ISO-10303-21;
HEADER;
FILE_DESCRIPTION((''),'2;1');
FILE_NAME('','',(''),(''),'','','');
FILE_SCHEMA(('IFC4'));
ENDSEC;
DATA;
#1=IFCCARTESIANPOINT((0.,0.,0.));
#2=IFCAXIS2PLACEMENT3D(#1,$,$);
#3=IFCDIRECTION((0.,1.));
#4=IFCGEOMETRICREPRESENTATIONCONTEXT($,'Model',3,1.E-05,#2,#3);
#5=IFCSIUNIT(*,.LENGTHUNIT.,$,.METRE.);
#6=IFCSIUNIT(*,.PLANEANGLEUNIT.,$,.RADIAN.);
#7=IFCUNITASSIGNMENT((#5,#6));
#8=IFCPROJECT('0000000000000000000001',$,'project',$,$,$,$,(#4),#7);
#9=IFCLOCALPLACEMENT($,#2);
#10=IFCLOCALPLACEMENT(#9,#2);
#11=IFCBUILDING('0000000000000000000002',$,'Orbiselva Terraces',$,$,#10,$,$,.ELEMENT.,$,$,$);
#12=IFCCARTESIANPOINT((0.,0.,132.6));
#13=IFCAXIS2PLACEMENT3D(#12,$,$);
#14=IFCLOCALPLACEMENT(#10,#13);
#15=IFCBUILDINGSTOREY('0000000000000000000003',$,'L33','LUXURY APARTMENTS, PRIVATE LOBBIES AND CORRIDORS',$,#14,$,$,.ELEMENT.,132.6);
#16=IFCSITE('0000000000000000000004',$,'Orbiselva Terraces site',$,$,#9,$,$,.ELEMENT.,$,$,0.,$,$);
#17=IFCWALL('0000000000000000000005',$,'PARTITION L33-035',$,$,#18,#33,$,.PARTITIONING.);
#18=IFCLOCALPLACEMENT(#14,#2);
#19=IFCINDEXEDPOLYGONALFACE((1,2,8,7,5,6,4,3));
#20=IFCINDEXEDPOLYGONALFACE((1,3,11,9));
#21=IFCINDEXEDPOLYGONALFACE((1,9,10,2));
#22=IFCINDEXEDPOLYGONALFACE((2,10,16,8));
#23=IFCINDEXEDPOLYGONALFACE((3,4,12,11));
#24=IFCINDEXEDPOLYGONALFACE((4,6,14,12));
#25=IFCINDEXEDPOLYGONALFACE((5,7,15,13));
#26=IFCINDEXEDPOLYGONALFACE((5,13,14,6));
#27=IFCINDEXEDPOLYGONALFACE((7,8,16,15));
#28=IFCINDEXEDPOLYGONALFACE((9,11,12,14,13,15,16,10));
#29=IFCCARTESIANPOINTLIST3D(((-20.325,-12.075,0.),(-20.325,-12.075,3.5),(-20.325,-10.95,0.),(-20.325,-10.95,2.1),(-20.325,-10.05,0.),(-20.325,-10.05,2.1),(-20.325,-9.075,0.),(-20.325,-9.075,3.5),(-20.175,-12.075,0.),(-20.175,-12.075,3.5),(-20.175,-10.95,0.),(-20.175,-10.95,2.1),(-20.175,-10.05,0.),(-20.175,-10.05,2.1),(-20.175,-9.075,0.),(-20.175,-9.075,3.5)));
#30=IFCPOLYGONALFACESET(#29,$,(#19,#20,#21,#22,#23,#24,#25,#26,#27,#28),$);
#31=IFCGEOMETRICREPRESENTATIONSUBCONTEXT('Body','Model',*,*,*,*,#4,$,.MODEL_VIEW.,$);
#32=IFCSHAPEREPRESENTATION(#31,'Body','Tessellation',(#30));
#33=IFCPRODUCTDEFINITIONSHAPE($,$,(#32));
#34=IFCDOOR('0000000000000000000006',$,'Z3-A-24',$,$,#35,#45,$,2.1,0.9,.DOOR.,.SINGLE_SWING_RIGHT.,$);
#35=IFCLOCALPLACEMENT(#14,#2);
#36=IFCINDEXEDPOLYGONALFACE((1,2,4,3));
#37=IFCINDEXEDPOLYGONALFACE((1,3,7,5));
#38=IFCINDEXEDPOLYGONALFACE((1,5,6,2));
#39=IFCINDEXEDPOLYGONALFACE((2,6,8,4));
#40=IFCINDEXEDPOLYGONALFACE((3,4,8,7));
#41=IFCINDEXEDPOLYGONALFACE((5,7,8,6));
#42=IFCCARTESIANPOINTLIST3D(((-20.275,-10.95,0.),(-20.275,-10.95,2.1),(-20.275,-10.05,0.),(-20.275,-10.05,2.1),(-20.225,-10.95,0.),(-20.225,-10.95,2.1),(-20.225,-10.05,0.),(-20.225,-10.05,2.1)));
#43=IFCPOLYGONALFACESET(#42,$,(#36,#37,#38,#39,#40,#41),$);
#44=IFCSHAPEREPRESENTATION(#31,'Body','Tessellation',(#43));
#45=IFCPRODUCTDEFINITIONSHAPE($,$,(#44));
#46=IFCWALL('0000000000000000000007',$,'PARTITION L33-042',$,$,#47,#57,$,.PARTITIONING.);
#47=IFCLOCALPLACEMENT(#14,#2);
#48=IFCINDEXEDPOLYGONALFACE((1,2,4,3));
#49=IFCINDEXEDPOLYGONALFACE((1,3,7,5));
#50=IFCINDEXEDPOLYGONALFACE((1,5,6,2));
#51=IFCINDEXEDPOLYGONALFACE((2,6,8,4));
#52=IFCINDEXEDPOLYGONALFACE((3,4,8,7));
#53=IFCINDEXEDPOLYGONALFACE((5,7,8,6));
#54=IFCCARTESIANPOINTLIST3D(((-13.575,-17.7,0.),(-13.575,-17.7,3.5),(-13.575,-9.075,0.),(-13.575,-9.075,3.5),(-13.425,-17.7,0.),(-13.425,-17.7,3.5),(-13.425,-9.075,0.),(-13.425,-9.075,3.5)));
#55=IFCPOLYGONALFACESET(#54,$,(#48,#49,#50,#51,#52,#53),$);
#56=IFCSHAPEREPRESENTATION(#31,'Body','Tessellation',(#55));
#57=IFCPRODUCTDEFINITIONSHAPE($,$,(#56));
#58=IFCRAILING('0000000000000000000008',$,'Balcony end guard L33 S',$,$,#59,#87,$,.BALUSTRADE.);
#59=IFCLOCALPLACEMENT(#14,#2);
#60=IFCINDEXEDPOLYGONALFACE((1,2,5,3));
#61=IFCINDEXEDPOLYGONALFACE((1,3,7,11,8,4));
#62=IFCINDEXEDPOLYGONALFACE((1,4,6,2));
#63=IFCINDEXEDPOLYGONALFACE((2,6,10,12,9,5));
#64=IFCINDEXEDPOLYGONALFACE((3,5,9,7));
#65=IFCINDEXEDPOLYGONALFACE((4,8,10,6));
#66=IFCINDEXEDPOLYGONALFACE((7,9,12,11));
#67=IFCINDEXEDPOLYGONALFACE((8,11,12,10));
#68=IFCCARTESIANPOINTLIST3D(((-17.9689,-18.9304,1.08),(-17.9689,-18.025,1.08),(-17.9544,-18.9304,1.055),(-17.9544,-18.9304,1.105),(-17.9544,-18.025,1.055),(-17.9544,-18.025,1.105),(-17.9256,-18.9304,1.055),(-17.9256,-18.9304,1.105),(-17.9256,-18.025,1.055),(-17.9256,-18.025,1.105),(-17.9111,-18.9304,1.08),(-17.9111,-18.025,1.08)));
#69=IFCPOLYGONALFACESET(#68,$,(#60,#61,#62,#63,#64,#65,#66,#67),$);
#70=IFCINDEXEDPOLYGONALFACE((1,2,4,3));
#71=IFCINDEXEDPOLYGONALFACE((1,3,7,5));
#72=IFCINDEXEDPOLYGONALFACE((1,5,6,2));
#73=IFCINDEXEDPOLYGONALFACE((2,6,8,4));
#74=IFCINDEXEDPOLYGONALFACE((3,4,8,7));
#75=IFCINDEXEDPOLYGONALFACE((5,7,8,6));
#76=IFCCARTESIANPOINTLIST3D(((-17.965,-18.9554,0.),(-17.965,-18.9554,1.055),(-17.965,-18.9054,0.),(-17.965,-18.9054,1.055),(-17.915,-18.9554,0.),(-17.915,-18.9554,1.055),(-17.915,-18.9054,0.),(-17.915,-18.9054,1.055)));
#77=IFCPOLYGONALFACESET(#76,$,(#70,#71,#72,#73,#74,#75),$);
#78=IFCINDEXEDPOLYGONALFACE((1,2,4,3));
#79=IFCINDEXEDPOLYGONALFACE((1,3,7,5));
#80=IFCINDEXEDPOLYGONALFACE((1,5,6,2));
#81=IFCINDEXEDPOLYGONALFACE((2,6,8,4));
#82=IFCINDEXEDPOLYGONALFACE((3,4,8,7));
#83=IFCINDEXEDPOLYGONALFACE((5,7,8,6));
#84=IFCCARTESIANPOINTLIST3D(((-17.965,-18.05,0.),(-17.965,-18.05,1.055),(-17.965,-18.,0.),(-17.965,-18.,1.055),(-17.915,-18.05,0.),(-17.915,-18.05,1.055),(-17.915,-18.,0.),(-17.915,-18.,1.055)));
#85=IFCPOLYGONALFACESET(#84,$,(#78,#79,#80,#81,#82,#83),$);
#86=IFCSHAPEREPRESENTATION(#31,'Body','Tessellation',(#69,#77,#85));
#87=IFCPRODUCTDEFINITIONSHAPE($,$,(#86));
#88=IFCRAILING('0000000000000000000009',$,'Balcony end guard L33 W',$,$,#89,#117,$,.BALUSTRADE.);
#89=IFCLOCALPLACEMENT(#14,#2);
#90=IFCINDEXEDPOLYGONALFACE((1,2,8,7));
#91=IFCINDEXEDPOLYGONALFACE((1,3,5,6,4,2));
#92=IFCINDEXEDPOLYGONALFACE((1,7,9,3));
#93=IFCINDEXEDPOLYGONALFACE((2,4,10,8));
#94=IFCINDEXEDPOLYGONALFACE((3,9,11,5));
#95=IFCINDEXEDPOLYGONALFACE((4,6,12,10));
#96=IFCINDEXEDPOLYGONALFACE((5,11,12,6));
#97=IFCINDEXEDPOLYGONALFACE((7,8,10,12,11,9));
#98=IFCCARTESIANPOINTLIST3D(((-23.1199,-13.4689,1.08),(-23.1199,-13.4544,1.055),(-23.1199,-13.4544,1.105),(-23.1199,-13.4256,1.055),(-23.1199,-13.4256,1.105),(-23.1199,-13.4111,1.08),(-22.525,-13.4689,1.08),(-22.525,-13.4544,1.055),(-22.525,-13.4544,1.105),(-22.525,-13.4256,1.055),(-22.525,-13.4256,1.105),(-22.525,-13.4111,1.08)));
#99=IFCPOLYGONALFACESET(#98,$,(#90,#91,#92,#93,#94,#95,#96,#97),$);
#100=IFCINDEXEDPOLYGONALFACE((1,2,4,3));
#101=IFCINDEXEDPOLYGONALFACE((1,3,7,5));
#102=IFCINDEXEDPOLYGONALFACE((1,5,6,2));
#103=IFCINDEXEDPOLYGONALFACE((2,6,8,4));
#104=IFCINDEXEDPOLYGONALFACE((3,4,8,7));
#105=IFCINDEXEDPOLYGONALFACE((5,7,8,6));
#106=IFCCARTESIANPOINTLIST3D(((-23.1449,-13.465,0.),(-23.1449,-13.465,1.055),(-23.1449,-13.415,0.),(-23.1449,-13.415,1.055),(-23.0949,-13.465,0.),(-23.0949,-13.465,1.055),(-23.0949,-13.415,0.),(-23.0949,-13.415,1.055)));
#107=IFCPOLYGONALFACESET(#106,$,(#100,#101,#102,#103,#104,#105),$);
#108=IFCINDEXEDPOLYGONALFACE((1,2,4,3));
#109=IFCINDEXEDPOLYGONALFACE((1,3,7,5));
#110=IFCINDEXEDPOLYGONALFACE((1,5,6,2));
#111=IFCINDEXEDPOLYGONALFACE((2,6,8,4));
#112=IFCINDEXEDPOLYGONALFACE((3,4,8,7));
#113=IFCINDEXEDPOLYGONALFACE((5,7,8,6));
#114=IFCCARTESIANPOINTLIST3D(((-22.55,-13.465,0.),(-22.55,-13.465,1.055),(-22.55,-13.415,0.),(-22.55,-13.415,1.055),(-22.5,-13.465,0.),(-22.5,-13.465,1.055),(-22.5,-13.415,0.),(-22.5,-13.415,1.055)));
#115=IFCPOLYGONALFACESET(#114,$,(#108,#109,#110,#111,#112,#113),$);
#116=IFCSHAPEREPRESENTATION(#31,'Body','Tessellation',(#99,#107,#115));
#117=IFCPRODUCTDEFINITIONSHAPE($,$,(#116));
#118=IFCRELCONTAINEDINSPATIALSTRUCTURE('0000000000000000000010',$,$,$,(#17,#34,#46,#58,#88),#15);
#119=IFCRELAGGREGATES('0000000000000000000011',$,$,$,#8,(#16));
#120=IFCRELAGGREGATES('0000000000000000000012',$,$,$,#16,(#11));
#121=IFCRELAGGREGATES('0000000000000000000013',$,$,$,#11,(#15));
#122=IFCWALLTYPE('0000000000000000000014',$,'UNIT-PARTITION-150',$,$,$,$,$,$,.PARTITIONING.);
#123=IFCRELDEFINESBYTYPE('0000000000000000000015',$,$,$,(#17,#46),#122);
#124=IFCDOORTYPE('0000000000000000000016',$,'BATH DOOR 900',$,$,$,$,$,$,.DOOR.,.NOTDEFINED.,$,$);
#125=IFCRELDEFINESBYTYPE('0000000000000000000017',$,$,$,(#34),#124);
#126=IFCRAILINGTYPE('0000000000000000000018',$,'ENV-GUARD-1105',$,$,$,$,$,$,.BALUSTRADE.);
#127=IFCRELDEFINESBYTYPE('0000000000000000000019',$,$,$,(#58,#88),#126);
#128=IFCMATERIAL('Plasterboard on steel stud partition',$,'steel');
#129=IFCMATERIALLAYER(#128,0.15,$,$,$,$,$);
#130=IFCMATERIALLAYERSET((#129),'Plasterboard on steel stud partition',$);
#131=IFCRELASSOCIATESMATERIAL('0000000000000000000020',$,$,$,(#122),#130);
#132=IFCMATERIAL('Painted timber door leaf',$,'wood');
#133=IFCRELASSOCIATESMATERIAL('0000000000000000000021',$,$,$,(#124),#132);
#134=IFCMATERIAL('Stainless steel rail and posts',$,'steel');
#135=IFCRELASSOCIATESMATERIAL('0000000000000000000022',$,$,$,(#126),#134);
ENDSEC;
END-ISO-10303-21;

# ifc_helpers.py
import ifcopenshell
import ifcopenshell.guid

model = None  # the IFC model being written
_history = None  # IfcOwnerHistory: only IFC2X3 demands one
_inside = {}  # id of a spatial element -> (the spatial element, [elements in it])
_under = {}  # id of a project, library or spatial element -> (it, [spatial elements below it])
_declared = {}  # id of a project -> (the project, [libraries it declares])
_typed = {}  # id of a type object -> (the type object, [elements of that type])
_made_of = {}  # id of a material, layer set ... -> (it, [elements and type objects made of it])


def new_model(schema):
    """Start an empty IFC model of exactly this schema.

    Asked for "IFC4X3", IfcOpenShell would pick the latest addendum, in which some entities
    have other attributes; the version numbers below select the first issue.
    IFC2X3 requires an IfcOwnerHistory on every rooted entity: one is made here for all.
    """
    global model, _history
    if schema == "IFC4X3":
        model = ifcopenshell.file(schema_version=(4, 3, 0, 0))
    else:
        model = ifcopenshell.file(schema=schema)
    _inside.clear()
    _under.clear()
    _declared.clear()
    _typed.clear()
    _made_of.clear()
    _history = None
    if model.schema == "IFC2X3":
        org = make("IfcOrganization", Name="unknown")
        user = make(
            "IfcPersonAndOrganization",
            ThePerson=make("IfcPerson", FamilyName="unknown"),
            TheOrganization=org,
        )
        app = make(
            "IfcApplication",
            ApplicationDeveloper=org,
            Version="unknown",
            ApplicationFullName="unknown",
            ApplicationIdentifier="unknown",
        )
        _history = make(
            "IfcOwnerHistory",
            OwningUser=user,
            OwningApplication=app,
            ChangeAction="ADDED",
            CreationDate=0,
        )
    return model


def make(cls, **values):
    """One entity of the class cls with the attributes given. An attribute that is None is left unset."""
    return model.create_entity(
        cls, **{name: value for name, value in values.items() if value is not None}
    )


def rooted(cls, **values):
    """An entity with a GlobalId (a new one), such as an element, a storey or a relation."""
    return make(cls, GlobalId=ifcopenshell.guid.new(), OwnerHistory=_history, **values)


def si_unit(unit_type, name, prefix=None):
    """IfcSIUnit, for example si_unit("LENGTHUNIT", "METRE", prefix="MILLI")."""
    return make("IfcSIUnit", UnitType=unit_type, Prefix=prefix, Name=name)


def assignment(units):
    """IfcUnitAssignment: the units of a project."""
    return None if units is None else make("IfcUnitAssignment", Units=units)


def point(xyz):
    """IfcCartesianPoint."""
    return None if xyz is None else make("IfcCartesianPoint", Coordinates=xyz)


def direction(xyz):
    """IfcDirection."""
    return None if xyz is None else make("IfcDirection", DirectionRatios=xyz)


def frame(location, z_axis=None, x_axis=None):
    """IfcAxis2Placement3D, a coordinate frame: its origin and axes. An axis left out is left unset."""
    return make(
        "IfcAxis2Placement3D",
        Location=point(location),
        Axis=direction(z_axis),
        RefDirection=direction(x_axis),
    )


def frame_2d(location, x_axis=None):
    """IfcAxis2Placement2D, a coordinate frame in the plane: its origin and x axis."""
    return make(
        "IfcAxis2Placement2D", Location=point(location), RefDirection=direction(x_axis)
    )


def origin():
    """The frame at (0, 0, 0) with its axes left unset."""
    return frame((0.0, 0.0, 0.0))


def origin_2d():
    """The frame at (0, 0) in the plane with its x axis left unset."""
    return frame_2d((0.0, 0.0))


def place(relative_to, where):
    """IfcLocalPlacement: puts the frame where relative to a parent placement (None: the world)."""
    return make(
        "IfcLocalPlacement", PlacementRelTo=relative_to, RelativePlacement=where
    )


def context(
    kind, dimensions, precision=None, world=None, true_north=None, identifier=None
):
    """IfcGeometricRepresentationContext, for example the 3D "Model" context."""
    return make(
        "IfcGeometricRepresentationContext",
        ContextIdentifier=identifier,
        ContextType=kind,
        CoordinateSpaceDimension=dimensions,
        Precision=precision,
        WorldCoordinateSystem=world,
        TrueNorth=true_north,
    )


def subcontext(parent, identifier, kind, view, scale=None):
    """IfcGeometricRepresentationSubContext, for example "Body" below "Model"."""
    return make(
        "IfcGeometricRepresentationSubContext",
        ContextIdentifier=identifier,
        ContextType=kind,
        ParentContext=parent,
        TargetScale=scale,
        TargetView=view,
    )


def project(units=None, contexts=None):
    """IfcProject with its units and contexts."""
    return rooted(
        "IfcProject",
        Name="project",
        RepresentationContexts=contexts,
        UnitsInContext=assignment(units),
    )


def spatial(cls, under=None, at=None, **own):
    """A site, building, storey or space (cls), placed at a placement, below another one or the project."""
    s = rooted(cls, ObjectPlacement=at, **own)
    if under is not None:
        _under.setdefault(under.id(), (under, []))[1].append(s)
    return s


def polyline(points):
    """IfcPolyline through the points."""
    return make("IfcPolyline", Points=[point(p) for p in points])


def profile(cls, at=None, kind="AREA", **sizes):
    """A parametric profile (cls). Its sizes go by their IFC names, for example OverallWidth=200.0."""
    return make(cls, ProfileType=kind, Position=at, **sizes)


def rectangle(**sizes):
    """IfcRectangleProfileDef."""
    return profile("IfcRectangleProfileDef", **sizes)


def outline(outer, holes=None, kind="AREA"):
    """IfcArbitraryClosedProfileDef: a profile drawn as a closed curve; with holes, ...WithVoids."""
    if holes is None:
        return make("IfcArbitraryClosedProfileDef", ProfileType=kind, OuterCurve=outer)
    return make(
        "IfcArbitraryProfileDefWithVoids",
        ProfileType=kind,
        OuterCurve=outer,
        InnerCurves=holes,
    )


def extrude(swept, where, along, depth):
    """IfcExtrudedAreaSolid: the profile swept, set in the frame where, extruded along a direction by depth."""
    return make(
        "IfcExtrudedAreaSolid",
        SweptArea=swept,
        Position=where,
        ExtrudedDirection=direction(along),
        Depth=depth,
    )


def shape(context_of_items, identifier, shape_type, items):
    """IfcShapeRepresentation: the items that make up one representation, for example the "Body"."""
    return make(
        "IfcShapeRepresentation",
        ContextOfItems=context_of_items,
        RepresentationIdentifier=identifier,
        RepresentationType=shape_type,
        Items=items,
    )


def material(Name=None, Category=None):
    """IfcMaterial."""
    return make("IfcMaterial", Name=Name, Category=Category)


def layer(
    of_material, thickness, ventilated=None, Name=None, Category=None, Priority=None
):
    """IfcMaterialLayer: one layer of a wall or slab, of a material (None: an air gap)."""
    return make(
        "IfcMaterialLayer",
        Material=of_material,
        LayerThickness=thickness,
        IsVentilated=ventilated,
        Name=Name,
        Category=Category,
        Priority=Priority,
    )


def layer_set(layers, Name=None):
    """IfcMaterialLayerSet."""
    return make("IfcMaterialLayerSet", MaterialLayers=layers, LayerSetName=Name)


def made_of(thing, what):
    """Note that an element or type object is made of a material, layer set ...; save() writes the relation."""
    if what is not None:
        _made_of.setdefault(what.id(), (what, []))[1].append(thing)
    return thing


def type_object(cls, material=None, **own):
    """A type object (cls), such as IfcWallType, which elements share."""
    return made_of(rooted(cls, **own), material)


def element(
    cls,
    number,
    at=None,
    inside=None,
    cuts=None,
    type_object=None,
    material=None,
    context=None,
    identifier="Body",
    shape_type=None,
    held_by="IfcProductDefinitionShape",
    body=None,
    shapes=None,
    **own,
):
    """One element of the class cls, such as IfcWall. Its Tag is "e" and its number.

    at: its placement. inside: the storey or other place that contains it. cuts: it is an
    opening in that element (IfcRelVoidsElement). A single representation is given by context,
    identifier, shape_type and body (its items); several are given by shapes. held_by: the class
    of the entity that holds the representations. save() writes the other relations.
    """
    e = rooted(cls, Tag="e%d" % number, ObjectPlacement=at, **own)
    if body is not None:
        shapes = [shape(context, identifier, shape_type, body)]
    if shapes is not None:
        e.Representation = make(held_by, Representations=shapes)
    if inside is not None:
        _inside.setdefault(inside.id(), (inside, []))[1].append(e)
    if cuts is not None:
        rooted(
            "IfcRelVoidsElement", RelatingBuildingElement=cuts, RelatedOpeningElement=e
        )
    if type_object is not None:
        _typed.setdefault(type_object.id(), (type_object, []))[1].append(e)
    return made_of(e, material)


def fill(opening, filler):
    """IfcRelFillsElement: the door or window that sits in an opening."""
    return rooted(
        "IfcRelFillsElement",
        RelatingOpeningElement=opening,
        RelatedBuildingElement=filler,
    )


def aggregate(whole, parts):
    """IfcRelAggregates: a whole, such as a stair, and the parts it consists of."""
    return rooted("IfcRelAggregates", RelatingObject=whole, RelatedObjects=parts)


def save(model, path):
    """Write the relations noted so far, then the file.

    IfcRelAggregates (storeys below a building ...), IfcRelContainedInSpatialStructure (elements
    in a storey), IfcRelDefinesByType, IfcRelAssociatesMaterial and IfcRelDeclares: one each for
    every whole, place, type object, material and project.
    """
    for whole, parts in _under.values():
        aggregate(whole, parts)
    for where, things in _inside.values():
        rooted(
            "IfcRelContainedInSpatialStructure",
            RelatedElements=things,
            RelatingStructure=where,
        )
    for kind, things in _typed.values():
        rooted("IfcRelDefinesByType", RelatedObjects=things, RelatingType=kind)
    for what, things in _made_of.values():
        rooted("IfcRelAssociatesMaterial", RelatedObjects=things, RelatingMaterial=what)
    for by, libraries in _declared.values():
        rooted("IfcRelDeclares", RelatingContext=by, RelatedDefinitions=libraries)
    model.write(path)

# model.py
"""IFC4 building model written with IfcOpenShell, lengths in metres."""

from ifc_helpers import new_model, si_unit, direction, frame, frame_2d, origin, origin_2d, place, context, subcontext, project, spatial, polyline, rectangle, outline, extrude, material, layer, layer_set, type_object, element, fill, save


model = new_model("IFC4")

# Units and contexts
model_context = context("Model", 3, precision=1e-05, world=origin(), true_north=direction((0.0, 1.0)))
body_context = subcontext(model_context, "Body", "Model", "MODEL_VIEW")
ifc_project = project(units=[si_unit("LENGTHUNIT", "METRE"), si_unit("PLANEANGLEUNIT", "RADIAN")], contexts=[model_context])

# Site, building, storey
site_placement = place(None, origin())
site = spatial("IfcSite", under=ifc_project, at=site_placement, Name="Orbiselva Terraces site", CompositionType="ELEMENT", RefElevation=0.0)
building_placement = place(site_placement, origin())
building = spatial("IfcBuilding", under=site, at=building_placement, Name="Orbiselva Terraces", CompositionType="ELEMENT")
storey_placement = place(building_placement, frame((0.0, 0.0, 132.6)))
storey = spatial("IfcBuildingStorey", under=building, at=storey_placement, Name="L33", Description="LUXURY APARTMENTS, PRIVATE LOBBIES AND CORRIDORS", CompositionType="ELEMENT", Elevation=132.6)

# Shared definitions
ifc_material_1 = material(Name="Plasterboard on steel stud partition", Category="steel")
ifc_layer_1 = layer(ifc_material_1, 0.15)
ifc_layer_set_1 = layer_set([ifc_layer_1], Name="Plasterboard on steel stud partition")
wall_type_1 = type_object("IfcWallType", Name="UNIT-PARTITION-150", PredefinedType="PARTITIONING", material=ifc_layer_set_1)

# Wall, opening, door
wall_1_placement = place(storey_placement, frame((-20.25, -12.075, 0.0), z_axis=(0.0, 0.0, 1.0), x_axis=(0.0, 1.0, 0.0)))
wall_1 = element("IfcWall", 1, at=wall_1_placement, inside=storey, type_object=wall_type_1, Name="PARTITION L33-035", PredefinedType="PARTITIONING", context=body_context, shape_type="SweptSolid", body=[
    extrude(rectangle(XDim=3.0, YDim=0.15, at=frame_2d((1.5, 0.0))), origin(), (0.0, 0.0, 1.0), 3.5),
])
opening_1_placement = place(wall_1_placement, frame((1.125, 0.0, 0.0)))
opening_1 = element("IfcOpeningElement", 2, at=opening_1_placement, cuts=wall_1, PredefinedType="OPENING", context=body_context, shape_type="SweptSolid", body=[
    extrude(rectangle(XDim=0.9, YDim=2.1, at=frame_2d((0.45, 1.05))), frame((0.0, 0.085, 0.0), z_axis=(0.0, -1.0, 0.0), x_axis=(1.0, 0.0, 0.0)), (0.0, 0.0, 1.0), 0.17),
])
ifc_material_2 = material(Name="Painted timber door leaf", Category="wood")
door_type_1 = type_object("IfcDoorType", Name="BATH DOOR 900", OperationType="NOTDEFINED", PredefinedType="DOOR", material=ifc_material_2)
door_1_placement = place(opening_1_placement, origin())
door_1 = element("IfcDoor", 3, at=door_1_placement, inside=storey, type_object=door_type_1, Name="Z3-A-24", OperationType="SINGLE_SWING_RIGHT", OverallHeight=2.1, OverallWidth=0.9, PredefinedType="DOOR", context=body_context, shape_type="SweptSolid", body=[
    extrude(rectangle(XDim=0.9, YDim=2.1, at=frame_2d((0.45, 1.05))), frame((0.0, 0.025, 0.0), z_axis=(0.0, -1.0, 0.0), x_axis=(1.0, 0.0, 0.0)), (0.0, 0.0, 1.0), 0.05),
])
fill(opening_1, door_1)

# Wall
wall_2_placement = place(storey_placement, frame((-13.5, -17.7, 0.0), z_axis=(0.0, 0.0, 1.0), x_axis=(0.0, 1.0, 0.0)))
element("IfcWall", 4, at=wall_2_placement, inside=storey, type_object=wall_type_1, Name="PARTITION L33-042", PredefinedType="PARTITIONING", context=body_context, shape_type="SweptSolid", body=[
    extrude(rectangle(XDim=8.625, YDim=0.15, at=frame_2d((4.3125, 0.0))), origin(), (0.0, 0.0, 1.0), 3.5),
])

# Railings
ifc_material_3 = material(Name="Stainless steel rail and posts", Category="steel")
railing_type_1 = type_object("IfcRailingType", Name="ENV-GUARD-1105", PredefinedType="BALUSTRADE", material=ifc_material_3)
railing_1_placement = place(storey_placement, frame((-17.94, -18.9304, 0.0)))
element("IfcRailing", 5, at=railing_1_placement, inside=storey, type_object=railing_type_1, Name="Balcony end guard L33 S", PredefinedType="BALUSTRADE", context=body_context, shape_type="SweptSolid", body=[
    extrude(outline(polyline([(0.0289, 0.0), (0.0144, 0.025), (-0.0144, 0.025), (-0.0289, 0.0), (-0.0144, -0.025), (0.0144, -0.025), (0.0289, 0.0)])), frame((0.0, 0.0, 1.08), z_axis=(0.0, 1.0, 0.0), x_axis=(-1.0, 0.0, 0.0)), (0.0, 0.0, 1.0), 0.9054),
    extrude(rectangle(XDim=0.05, YDim=0.05, at=origin_2d()), origin(), (0.0, 0.0, 1.0), 1.055),
    extrude(rectangle(XDim=0.05, YDim=0.05, at=origin_2d()), frame((0.0, 0.9054, 0.0)), (0.0, 0.0, 1.0), 1.055),
])
railing_2_placement = place(storey_placement, frame((-23.1199, -13.44, 0.0)))
element("IfcRailing", 6, at=railing_2_placement, inside=storey, type_object=railing_type_1, Name="Balcony end guard L33 W", PredefinedType="BALUSTRADE", context=body_context, shape_type="SweptSolid", body=[
    extrude(outline(polyline([(0.0289, 0.0), (0.0144, 0.025), (-0.0144, 0.025), (-0.0289, 0.0), (-0.0144, -0.025), (0.0144, -0.025), (0.0289, 0.0)])), frame((0.0, 0.0, 1.08), z_axis=(1.0, 0.0, 0.0), x_axis=(0.0, 1.0, 0.0)), (0.0, 0.0, 1.0), 0.5949),
    extrude(rectangle(XDim=0.05, YDim=0.05, at=origin_2d()), origin(), (0.0, 0.0, 1.0), 1.055),
    extrude(rectangle(XDim=0.05, YDim=0.05, at=origin_2d()), frame((0.5949, 0.0, 0.0)), (0.0, 0.0, 1.0), 1.055),
])

save(model, "model.ifc")
